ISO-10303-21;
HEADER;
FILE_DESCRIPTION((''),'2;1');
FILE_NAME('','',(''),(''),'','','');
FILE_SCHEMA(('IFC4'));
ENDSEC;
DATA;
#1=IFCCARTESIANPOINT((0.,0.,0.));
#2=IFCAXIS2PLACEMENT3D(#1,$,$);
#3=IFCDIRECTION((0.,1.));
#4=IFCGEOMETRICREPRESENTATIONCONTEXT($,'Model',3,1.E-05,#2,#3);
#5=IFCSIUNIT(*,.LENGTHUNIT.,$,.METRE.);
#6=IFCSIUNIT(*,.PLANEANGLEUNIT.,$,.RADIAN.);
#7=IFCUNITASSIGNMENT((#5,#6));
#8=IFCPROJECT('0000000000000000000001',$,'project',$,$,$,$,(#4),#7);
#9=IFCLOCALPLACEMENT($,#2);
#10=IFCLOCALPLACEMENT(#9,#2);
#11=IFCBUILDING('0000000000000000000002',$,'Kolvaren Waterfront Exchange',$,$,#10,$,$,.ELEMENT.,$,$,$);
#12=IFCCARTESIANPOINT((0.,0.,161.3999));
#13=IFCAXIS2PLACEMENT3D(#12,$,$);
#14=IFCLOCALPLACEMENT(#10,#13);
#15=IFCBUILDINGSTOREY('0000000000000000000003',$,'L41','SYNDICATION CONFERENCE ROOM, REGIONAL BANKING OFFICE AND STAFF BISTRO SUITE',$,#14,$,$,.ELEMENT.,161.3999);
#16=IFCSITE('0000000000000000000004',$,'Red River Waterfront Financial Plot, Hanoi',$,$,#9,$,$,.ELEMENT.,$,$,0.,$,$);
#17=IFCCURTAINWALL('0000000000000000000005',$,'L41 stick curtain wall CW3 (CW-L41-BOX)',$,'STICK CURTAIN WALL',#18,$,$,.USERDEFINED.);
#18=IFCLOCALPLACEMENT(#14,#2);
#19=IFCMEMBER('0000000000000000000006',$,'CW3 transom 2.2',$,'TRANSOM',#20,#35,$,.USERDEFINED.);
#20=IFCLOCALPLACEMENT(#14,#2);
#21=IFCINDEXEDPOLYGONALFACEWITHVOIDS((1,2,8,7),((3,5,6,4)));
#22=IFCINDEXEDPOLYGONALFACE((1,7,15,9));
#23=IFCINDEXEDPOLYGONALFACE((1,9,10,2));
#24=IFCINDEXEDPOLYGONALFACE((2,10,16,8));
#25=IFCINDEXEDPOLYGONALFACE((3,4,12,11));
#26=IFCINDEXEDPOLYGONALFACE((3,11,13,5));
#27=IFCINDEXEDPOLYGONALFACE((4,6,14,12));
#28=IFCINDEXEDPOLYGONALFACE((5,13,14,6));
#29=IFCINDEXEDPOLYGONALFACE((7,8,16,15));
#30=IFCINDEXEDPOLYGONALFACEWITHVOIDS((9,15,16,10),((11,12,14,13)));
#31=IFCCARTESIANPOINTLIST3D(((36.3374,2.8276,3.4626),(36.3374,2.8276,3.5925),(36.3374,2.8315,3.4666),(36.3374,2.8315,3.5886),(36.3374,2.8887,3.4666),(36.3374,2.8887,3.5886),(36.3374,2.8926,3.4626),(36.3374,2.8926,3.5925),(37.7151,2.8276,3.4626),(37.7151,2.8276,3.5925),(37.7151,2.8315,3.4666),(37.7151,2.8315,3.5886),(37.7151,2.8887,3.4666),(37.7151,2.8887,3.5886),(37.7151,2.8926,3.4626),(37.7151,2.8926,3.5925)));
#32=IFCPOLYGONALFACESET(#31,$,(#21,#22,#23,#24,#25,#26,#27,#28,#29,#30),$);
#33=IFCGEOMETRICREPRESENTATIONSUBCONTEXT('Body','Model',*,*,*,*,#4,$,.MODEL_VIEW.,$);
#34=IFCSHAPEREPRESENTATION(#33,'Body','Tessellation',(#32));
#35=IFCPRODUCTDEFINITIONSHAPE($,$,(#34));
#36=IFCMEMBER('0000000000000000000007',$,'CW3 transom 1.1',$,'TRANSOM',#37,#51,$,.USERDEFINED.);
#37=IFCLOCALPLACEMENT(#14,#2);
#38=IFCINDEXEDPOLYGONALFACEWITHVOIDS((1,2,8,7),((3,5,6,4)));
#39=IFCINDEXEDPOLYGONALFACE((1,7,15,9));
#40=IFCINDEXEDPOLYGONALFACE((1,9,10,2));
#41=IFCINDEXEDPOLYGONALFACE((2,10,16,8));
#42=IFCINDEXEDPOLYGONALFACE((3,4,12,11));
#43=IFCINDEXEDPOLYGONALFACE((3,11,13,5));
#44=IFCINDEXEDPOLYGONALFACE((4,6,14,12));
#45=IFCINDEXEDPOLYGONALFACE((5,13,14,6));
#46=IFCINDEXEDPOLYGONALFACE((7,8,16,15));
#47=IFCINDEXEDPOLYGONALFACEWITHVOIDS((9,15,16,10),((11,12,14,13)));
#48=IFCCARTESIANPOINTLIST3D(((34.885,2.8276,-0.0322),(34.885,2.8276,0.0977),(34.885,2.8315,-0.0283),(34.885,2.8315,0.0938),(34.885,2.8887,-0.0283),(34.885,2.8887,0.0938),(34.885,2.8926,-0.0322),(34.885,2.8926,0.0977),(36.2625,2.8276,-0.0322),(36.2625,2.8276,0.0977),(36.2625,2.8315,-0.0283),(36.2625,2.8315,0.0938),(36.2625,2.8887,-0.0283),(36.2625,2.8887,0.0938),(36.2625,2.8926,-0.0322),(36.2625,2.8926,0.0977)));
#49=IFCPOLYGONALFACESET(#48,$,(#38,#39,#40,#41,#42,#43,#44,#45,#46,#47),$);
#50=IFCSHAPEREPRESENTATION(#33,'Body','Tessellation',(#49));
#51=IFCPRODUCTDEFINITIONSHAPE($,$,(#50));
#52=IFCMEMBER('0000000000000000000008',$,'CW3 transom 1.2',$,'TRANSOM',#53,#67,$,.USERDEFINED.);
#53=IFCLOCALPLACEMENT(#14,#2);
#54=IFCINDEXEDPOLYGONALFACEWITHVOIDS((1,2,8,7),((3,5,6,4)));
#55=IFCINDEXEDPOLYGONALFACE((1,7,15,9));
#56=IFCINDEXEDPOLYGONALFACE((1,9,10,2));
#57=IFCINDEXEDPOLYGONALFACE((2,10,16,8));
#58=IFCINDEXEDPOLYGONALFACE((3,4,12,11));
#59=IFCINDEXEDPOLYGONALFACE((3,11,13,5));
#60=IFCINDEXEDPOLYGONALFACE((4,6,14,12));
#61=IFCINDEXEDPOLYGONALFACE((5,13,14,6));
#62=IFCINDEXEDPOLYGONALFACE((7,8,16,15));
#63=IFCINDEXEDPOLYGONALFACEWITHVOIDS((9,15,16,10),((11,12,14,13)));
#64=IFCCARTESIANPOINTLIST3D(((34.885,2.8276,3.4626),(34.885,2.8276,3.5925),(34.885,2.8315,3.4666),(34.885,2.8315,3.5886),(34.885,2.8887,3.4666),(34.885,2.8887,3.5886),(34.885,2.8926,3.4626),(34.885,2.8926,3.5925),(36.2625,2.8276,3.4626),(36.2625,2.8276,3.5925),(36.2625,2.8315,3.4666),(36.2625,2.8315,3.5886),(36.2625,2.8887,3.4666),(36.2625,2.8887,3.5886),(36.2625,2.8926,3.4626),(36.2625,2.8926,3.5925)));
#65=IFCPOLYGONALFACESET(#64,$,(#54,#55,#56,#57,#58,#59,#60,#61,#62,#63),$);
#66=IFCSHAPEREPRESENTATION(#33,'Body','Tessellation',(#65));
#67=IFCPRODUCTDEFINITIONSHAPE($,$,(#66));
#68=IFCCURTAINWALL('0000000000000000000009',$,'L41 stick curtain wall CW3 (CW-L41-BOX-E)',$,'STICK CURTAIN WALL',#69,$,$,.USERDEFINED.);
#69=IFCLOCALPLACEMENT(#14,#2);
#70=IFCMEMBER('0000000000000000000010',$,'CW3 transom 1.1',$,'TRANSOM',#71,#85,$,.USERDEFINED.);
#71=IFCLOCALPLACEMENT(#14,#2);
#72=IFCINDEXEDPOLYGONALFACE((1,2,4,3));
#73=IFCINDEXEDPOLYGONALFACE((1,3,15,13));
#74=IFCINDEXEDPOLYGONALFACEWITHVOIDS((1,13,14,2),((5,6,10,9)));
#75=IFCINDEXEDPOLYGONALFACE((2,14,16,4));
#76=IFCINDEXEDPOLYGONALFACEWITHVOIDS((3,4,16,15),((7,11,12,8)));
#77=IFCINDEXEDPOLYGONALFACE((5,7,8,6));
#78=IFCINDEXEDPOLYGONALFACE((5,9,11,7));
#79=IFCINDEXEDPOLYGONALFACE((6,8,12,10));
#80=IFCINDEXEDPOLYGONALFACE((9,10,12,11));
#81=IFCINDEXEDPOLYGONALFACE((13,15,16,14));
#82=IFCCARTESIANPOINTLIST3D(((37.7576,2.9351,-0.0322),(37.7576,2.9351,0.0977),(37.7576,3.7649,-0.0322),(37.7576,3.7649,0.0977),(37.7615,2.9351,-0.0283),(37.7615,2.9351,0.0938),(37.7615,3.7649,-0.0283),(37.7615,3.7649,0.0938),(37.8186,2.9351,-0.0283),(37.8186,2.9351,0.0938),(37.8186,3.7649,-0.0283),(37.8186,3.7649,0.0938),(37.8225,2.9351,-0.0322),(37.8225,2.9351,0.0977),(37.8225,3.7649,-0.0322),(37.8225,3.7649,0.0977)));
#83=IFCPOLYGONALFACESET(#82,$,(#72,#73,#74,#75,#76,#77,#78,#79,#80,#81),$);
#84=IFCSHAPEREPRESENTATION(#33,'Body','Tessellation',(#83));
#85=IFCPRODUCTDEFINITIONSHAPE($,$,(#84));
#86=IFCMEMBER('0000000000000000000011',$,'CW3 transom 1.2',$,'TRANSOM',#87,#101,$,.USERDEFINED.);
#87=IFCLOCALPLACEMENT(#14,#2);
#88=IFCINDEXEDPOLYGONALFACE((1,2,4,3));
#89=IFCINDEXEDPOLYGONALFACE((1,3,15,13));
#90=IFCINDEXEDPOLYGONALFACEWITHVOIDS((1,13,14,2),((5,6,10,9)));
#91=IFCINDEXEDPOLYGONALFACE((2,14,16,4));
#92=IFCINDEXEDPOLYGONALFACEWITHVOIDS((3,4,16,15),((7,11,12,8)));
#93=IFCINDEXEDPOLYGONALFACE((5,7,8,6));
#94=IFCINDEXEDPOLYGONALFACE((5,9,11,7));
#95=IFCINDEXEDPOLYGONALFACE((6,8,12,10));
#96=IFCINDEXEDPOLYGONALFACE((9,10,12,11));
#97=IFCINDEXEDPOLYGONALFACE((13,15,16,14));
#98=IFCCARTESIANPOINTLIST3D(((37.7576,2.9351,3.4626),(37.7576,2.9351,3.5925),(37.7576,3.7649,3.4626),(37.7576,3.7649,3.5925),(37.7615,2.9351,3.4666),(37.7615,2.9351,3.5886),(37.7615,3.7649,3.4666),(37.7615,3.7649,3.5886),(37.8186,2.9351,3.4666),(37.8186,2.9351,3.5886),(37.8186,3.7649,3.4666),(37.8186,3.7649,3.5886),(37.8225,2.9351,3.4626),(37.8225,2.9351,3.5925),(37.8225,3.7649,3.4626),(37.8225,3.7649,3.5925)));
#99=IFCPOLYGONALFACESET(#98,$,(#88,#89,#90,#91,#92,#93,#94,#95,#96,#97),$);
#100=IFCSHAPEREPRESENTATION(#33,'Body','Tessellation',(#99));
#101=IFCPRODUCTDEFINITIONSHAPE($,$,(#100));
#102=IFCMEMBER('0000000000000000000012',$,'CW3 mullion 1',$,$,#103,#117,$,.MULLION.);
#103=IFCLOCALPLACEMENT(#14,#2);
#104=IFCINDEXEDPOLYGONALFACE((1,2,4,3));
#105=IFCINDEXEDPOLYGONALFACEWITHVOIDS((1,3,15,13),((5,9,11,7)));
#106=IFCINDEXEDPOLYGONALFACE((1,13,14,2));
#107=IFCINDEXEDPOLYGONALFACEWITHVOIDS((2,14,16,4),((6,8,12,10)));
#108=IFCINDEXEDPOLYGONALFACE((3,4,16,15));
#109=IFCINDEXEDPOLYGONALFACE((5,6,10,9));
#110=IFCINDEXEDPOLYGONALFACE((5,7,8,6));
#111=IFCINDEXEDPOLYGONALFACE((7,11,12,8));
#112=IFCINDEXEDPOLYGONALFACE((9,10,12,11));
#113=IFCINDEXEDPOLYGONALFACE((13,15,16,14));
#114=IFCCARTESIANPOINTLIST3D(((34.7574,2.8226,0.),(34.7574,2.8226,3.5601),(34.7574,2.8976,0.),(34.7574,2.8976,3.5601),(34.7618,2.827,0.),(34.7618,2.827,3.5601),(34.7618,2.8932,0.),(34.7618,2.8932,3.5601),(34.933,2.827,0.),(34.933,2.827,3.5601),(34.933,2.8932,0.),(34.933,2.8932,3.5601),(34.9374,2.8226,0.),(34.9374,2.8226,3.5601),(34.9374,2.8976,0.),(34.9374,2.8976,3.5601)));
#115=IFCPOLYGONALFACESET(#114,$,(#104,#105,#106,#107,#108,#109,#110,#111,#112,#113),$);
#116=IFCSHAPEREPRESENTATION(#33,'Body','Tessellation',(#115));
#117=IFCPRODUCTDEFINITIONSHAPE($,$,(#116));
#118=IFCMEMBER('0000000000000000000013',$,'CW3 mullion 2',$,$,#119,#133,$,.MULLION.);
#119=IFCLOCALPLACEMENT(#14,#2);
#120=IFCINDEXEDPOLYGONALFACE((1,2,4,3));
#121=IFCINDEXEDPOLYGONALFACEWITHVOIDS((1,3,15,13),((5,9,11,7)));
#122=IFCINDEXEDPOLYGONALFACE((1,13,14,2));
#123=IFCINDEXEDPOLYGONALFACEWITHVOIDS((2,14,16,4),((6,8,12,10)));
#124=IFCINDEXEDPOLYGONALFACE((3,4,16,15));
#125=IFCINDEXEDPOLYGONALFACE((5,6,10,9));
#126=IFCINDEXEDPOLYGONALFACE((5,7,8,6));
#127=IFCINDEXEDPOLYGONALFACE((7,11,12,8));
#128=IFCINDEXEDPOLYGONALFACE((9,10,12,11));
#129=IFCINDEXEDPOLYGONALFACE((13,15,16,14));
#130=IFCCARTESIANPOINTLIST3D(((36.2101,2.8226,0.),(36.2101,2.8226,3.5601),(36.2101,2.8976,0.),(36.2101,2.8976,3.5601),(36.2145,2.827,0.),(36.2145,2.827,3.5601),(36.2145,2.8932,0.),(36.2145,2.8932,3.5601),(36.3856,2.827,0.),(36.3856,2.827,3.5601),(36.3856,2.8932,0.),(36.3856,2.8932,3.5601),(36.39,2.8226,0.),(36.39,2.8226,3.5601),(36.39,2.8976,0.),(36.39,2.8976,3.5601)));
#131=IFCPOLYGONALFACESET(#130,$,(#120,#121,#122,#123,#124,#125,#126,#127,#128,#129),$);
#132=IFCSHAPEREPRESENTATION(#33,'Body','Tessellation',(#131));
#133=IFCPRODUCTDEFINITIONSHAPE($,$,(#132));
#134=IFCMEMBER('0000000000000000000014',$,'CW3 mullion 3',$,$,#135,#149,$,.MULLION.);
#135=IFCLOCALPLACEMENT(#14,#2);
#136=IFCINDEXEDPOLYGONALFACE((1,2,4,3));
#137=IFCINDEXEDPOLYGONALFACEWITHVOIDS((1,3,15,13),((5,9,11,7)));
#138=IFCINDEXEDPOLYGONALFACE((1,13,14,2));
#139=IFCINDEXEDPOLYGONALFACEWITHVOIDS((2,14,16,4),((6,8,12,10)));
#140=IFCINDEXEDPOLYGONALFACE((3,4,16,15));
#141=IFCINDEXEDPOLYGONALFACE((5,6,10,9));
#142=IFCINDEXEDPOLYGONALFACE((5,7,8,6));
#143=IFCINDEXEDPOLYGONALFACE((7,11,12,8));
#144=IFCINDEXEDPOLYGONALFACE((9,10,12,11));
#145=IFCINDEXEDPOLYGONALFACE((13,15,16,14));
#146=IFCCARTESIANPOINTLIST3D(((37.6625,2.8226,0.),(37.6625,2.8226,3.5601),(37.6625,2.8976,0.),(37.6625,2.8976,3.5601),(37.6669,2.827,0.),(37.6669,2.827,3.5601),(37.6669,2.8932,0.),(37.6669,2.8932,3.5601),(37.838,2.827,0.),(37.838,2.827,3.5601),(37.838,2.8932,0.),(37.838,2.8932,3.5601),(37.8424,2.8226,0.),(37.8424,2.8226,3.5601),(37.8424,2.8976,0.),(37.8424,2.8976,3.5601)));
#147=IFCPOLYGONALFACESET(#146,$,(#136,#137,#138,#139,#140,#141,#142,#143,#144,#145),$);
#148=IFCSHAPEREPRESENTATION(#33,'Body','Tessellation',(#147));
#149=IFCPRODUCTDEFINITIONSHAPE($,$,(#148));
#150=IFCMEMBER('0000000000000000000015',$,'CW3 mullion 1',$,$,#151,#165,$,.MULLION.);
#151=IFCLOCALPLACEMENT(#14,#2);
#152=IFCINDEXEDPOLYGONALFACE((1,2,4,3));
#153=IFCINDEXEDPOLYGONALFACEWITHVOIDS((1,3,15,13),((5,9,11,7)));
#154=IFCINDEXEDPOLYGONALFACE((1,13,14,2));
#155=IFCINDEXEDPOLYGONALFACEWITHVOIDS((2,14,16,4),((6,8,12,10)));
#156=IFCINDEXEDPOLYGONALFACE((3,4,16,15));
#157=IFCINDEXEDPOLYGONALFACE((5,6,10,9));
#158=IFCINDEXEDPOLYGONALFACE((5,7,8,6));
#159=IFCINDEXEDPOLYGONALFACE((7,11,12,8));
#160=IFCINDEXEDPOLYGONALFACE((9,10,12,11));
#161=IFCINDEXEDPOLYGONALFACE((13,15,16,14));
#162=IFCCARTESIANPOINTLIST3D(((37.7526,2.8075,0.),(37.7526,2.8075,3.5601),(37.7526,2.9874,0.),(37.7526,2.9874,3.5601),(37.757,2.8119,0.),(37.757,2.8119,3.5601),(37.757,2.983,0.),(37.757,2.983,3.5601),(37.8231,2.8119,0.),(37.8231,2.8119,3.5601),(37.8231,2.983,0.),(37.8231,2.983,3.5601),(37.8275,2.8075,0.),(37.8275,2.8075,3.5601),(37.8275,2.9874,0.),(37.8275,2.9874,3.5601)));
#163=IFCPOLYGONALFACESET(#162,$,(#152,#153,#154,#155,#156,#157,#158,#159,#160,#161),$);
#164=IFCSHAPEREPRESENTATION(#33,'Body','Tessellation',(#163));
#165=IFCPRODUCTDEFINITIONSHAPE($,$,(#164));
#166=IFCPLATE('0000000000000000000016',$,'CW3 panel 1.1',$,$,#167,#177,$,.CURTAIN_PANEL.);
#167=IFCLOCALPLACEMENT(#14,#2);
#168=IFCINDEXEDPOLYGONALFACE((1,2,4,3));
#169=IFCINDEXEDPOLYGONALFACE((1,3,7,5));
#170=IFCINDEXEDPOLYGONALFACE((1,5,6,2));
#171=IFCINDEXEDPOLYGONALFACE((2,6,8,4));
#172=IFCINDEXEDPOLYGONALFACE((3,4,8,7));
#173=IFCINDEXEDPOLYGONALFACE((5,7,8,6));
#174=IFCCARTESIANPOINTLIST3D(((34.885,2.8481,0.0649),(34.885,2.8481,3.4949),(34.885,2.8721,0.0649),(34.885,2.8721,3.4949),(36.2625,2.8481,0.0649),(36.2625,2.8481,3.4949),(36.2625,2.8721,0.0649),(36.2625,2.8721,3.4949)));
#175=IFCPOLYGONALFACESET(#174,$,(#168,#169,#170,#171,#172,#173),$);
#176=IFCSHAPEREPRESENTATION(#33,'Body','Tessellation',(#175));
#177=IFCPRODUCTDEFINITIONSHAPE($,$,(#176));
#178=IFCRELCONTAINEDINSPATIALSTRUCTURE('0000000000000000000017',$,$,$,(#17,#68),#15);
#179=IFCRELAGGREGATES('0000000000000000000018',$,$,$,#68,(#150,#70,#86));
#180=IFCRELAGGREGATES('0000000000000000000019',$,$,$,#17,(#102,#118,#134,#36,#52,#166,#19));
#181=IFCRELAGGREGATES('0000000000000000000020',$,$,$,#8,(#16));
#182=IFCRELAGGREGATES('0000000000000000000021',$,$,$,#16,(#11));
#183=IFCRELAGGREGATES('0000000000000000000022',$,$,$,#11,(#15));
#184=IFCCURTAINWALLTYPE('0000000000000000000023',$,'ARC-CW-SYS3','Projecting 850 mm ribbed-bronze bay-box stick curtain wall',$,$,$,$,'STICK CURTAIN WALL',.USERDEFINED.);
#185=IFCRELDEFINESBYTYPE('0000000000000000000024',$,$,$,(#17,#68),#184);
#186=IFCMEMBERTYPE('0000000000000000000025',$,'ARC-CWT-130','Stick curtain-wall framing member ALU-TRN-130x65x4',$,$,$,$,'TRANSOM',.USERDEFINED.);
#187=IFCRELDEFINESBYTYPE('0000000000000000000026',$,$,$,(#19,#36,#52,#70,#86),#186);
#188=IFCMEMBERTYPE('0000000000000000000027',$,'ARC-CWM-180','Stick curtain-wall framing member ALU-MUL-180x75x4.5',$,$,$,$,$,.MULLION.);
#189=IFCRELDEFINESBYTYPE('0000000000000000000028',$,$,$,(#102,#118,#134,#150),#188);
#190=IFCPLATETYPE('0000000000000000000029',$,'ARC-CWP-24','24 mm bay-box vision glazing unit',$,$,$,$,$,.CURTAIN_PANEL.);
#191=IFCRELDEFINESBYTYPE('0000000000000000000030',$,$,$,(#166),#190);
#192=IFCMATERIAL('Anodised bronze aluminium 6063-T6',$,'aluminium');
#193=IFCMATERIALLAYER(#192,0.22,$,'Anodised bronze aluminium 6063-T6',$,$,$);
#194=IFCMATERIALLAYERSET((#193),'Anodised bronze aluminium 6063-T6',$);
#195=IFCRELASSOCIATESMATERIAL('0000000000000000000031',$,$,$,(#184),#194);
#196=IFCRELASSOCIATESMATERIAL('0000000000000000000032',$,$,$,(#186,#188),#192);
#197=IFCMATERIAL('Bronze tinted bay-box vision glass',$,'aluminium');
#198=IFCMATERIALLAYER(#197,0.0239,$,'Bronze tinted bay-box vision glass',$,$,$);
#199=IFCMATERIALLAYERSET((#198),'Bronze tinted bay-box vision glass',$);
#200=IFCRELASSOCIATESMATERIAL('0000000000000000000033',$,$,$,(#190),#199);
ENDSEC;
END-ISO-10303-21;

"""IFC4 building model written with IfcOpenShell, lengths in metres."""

from ifc_helpers import new_model, si_unit, direction, frame, origin, origin_with_axes, origin_2d, place, context, subcontext, project, spatial, rectangle, hollow_rectangle, extrude, source, transform, mapped, material, layer, layer_set, material_profile, profile_set, type_object, element, aggregate, save


model = new_model("IFC4")

# Units and contexts
model_context = context("Model", 3, precision=1e-05, world=origin(), true_north=direction((0.0, 1.0)))
body_context = subcontext(model_context, "Body", "Model", "MODEL_VIEW")
ifc_project = project(units=[si_unit("LENGTHUNIT", "METRE"), si_unit("PLANEANGLEUNIT", "RADIAN")], contexts=[model_context])

# Site, building, storey
site_placement = place(None, origin())
site = spatial("IfcSite", under=ifc_project, at=site_placement, Name="Red River Waterfront Financial Plot, Hanoi", CompositionType="ELEMENT", RefElevation=0.0)
building_placement = place(site_placement, origin())
building = spatial("IfcBuilding", under=site, at=building_placement, Name="Kolvaren Waterfront Exchange", CompositionType="ELEMENT")
storey_placement = place(building_placement, frame((0.0, 0.0, 161.3999)))
storey = spatial("IfcBuildingStorey", under=building, at=storey_placement, Name="L41", Description="SYNDICATION CONFERENCE ROOM, REGIONAL BANKING OFFICE AND STAFF BISTRO SUITE", CompositionType="ELEMENT", Elevation=161.3999)

# Curtain walls, members
ifc_material_1 = material(Name="Anodised bronze aluminium 6063-T6", Category="aluminium")
ifc_layer_1 = layer(ifc_material_1, 0.22, Name="Anodised bronze aluminium 6063-T6")
ifc_layer_set_1 = layer_set([ifc_layer_1], Name="Anodised bronze aluminium 6063-T6")
curtain_wall_type_1 = type_object("IfcCurtainWallType", Name="ARC-CW-SYS3", Description="Projecting 850 mm ribbed-bronze bay-box stick curtain wall", ElementType="STICK CURTAIN WALL", PredefinedType="USERDEFINED", material=ifc_layer_set_1)
curtain_wall_1_placement = place(storey_placement, origin())
curtain_wall_1 = element("IfcCurtainWall", 1, at=curtain_wall_1_placement, inside=storey, type_object=curtain_wall_type_1, Name="L41 stick curtain wall CW3 (CW-L41-BOX)", ObjectType="STICK CURTAIN WALL", PredefinedType="USERDEFINED")
ifc_material_profile_1 = material_profile(ifc_material_1, hollow_rectangle(XDim=0.0649, YDim=0.1299, WallThickness=0.0039, at=origin_2d()), Name="ALU-TRN-130x65x4")
ifc_profile_set_1 = profile_set([ifc_material_profile_1], Name="Anodised bronze aluminium 6063-T6")
member_type_1 = type_object("IfcMemberType", Name="ARC-CWT-130", Description="Stick curtain-wall framing member ALU-TRN-130x65x4", ElementType="TRANSOM", PredefinedType="USERDEFINED", material=ifc_profile_set_1)
shared_shape_1 = source(origin_with_axes(), body_context, "Body", "SweptSolid", [
    extrude(hollow_rectangle(XDim=0.0649, YDim=0.1299, WallThickness=0.0039, at=origin_2d()), origin(), (0.0, 0.0, 1.0), 1.3777),
])
member_1_placement = place(storey_placement, frame((36.3374, 2.8601, 3.5276), z_axis=(1.0, 0.0, 0.0), x_axis=(0.0, 1.0, 0.0)))
member_1 = element("IfcMember", 2, at=member_1_placement, type_object=member_type_1, Name="CW3 transom 2.2", ObjectType="TRANSOM", PredefinedType="USERDEFINED", context=body_context, shape_type="MappedRepresentation", body=[
    mapped(shared_shape_1, transform((0.0, 0.0, 0.0), x_axis=(1.0, 0.0, 0.0), y_axis=(0.0, 1.0, 0.0), z_axis=(0.0, 0.0, 1.0), scale=1.0)),
])
shared_shape_2 = source(origin_with_axes(), body_context, "Body", "SweptSolid", [
    extrude(hollow_rectangle(XDim=0.0649, YDim=0.1299, WallThickness=0.0039, at=origin_2d()), origin(), (0.0, 0.0, 1.0), 1.3774),
])
member_2_placement = place(storey_placement, frame((34.885, 2.8601, 0.0327), z_axis=(1.0, 0.0, 0.0), x_axis=(0.0, 1.0, 0.0)))
member_2 = element("IfcMember", 3, at=member_2_placement, type_object=member_type_1, Name="CW3 transom 1.1", ObjectType="TRANSOM", PredefinedType="USERDEFINED", context=body_context, shape_type="MappedRepresentation", body=[
    mapped(shared_shape_2, transform((0.0, 0.0, 0.0), x_axis=(1.0, 0.0, 0.0), y_axis=(0.0, 1.0, 0.0), z_axis=(0.0, 0.0, 1.0), scale=1.0)),
])
member_3_placement = place(storey_placement, frame((34.885, 2.8601, 3.5276), z_axis=(1.0, 0.0, 0.0), x_axis=(0.0, 1.0, 0.0)))
member_3 = element("IfcMember", 4, at=member_3_placement, type_object=member_type_1, Name="CW3 transom 1.2", ObjectType="TRANSOM", PredefinedType="USERDEFINED", context=body_context, shape_type="MappedRepresentation", body=[
    mapped(shared_shape_2, transform((0.0, 0.0, 0.0), x_axis=(1.0, 0.0, 0.0), y_axis=(0.0, 1.0, 0.0), z_axis=(0.0, 0.0, 1.0), scale=1.0)),
])
curtain_wall_2_placement = place(storey_placement, origin())
curtain_wall_2 = element("IfcCurtainWall", 5, at=curtain_wall_2_placement, inside=storey, type_object=curtain_wall_type_1, Name="L41 stick curtain wall CW3 (CW-L41-BOX-E)", ObjectType="STICK CURTAIN WALL", PredefinedType="USERDEFINED")
shared_shape_3 = source(origin_with_axes(), body_context, "Body", "SweptSolid", [
    extrude(hollow_rectangle(XDim=0.0649, YDim=0.1299, WallThickness=0.0039, at=origin_2d()), origin(), (0.0, 0.0, 1.0), 0.8298),
])
member_4_placement = place(storey_placement, frame((37.79, 2.9351, 0.0327), z_axis=(0.0, 1.0, 0.0), x_axis=(-1.0, 0.0, 0.0)))
member_4 = element("IfcMember", 6, at=member_4_placement, type_object=member_type_1, Name="CW3 transom 1.1", ObjectType="TRANSOM", PredefinedType="USERDEFINED", context=body_context, shape_type="MappedRepresentation", body=[
    mapped(shared_shape_3, transform((0.0, 0.0, 0.0), x_axis=(1.0, 0.0, 0.0), y_axis=(0.0, 1.0, 0.0), z_axis=(0.0, 0.0, 1.0), scale=1.0)),
])
member_5_placement = place(storey_placement, frame((37.79, 2.9351, 3.5276), z_axis=(0.0, 1.0, 0.0), x_axis=(-1.0, 0.0, 0.0)))
member_5 = element("IfcMember", 7, at=member_5_placement, type_object=member_type_1, Name="CW3 transom 1.2", ObjectType="TRANSOM", PredefinedType="USERDEFINED", context=body_context, shape_type="MappedRepresentation", body=[
    mapped(shared_shape_3, transform((0.0, 0.0, 0.0), x_axis=(1.0, 0.0, 0.0), y_axis=(0.0, 1.0, 0.0), z_axis=(0.0, 0.0, 1.0), scale=1.0)),
])

# Members
ifc_material_profile_2 = material_profile(ifc_material_1, hollow_rectangle(XDim=0.075, YDim=0.1799, WallThickness=0.0044, at=origin_2d()), Name="ALU-MUL-180x75x4.5")
ifc_profile_set_2 = profile_set([ifc_material_profile_2], Name="Anodised bronze aluminium 6063-T6")
member_type_2 = type_object("IfcMemberType", Name="ARC-CWM-180", Description="Stick curtain-wall framing member ALU-MUL-180x75x4.5", PredefinedType="MULLION", material=ifc_profile_set_2)
shared_shape_4 = source(origin_with_axes(), body_context, "Body", "SweptSolid", [
    extrude(hollow_rectangle(XDim=0.075, YDim=0.1799, WallThickness=0.0044, at=origin_2d()), origin(), (0.0, 0.0, 1.0), 3.5601),
])
member_6_placement = place(storey_placement, frame((34.8474, 2.8601, 0.0), z_axis=(0.0, 0.0, 1.0), x_axis=(0.0, 1.0, 0.0)))
member_6 = element("IfcMember", 8, at=member_6_placement, type_object=member_type_2, Name="CW3 mullion 1", PredefinedType="MULLION", context=body_context, shape_type="MappedRepresentation", body=[
    mapped(shared_shape_4, transform((0.0, 0.0, 0.0), x_axis=(1.0, 0.0, 0.0), y_axis=(0.0, 1.0, 0.0), z_axis=(0.0, 0.0, 1.0), scale=1.0)),
])
member_7_placement = place(storey_placement, frame((36.3, 2.8601, 0.0), z_axis=(0.0, 0.0, 1.0), x_axis=(0.0, 1.0, 0.0)))
member_7 = element("IfcMember", 9, at=member_7_placement, type_object=member_type_2, Name="CW3 mullion 2", PredefinedType="MULLION", context=body_context, shape_type="MappedRepresentation", body=[
    mapped(shared_shape_4, transform((0.0, 0.0, 0.0), x_axis=(1.0, 0.0, 0.0), y_axis=(0.0, 1.0, 0.0), z_axis=(0.0, 0.0, 1.0), scale=1.0)),
])
member_8_placement = place(storey_placement, frame((37.7524, 2.8601, 0.0), z_axis=(0.0, 0.0, 1.0), x_axis=(0.0, 1.0, 0.0)))
member_8 = element("IfcMember", 10, at=member_8_placement, type_object=member_type_2, Name="CW3 mullion 3", PredefinedType="MULLION", context=body_context, shape_type="MappedRepresentation", body=[
    mapped(shared_shape_4, transform((0.0, 0.0, 0.0), x_axis=(1.0, 0.0, 0.0), y_axis=(0.0, 1.0, 0.0), z_axis=(0.0, 0.0, 1.0), scale=1.0)),
])
member_9_placement = place(storey_placement, frame((37.79, 2.8975, 0.0), z_axis=(0.0, 0.0, 1.0), x_axis=(-1.0, 0.0, 0.0)))
member_9 = element("IfcMember", 11, at=member_9_placement, type_object=member_type_2, Name="CW3 mullion 1", PredefinedType="MULLION", context=body_context, shape_type="MappedRepresentation", body=[
    mapped(shared_shape_4, transform((0.0, 0.0, 0.0), x_axis=(1.0, 0.0, 0.0), y_axis=(0.0, 1.0, 0.0), z_axis=(0.0, 0.0, 1.0), scale=1.0)),
])
aggregate(curtain_wall_2, [member_9, member_4, member_5])

# Plate
ifc_material_2 = material(Name="Bronze tinted bay-box vision glass", Category="aluminium")
ifc_layer_2 = layer(ifc_material_2, 0.0239, Name="Bronze tinted bay-box vision glass")
ifc_layer_set_2 = layer_set([ifc_layer_2], Name="Bronze tinted bay-box vision glass")
plate_type_1 = type_object("IfcPlateType", Name="ARC-CWP-24", Description="24 mm bay-box vision glazing unit", PredefinedType="CURTAIN_PANEL", material=ifc_layer_set_2)
shared_shape_5 = source(origin_with_axes(), body_context, "Body", "SweptSolid", [
    extrude(rectangle(XDim=1.3774, YDim=0.0239, at=origin_2d()), origin(), (0.0, 0.0, 1.0), 3.4299),
])
plate_1_placement = place(storey_placement, frame((35.5737, 2.8601, 0.0649), z_axis=(0.0, 0.0, 1.0), x_axis=(1.0, 0.0, 0.0)))
plate_1 = element("IfcPlate", 12, at=plate_1_placement, type_object=plate_type_1, Name="CW3 panel 1.1", PredefinedType="CURTAIN_PANEL", context=body_context, shape_type="MappedRepresentation", body=[
    mapped(shared_shape_5, transform((0.0, 0.0, 0.0), x_axis=(1.0, 0.0, 0.0), y_axis=(0.0, 1.0, 0.0), z_axis=(0.0, 0.0, 1.0), scale=1.0)),
])
aggregate(curtain_wall_1, [member_6, member_7, member_8, member_2, member_3, plate_1, member_1])

save(model, "model.ifc")
